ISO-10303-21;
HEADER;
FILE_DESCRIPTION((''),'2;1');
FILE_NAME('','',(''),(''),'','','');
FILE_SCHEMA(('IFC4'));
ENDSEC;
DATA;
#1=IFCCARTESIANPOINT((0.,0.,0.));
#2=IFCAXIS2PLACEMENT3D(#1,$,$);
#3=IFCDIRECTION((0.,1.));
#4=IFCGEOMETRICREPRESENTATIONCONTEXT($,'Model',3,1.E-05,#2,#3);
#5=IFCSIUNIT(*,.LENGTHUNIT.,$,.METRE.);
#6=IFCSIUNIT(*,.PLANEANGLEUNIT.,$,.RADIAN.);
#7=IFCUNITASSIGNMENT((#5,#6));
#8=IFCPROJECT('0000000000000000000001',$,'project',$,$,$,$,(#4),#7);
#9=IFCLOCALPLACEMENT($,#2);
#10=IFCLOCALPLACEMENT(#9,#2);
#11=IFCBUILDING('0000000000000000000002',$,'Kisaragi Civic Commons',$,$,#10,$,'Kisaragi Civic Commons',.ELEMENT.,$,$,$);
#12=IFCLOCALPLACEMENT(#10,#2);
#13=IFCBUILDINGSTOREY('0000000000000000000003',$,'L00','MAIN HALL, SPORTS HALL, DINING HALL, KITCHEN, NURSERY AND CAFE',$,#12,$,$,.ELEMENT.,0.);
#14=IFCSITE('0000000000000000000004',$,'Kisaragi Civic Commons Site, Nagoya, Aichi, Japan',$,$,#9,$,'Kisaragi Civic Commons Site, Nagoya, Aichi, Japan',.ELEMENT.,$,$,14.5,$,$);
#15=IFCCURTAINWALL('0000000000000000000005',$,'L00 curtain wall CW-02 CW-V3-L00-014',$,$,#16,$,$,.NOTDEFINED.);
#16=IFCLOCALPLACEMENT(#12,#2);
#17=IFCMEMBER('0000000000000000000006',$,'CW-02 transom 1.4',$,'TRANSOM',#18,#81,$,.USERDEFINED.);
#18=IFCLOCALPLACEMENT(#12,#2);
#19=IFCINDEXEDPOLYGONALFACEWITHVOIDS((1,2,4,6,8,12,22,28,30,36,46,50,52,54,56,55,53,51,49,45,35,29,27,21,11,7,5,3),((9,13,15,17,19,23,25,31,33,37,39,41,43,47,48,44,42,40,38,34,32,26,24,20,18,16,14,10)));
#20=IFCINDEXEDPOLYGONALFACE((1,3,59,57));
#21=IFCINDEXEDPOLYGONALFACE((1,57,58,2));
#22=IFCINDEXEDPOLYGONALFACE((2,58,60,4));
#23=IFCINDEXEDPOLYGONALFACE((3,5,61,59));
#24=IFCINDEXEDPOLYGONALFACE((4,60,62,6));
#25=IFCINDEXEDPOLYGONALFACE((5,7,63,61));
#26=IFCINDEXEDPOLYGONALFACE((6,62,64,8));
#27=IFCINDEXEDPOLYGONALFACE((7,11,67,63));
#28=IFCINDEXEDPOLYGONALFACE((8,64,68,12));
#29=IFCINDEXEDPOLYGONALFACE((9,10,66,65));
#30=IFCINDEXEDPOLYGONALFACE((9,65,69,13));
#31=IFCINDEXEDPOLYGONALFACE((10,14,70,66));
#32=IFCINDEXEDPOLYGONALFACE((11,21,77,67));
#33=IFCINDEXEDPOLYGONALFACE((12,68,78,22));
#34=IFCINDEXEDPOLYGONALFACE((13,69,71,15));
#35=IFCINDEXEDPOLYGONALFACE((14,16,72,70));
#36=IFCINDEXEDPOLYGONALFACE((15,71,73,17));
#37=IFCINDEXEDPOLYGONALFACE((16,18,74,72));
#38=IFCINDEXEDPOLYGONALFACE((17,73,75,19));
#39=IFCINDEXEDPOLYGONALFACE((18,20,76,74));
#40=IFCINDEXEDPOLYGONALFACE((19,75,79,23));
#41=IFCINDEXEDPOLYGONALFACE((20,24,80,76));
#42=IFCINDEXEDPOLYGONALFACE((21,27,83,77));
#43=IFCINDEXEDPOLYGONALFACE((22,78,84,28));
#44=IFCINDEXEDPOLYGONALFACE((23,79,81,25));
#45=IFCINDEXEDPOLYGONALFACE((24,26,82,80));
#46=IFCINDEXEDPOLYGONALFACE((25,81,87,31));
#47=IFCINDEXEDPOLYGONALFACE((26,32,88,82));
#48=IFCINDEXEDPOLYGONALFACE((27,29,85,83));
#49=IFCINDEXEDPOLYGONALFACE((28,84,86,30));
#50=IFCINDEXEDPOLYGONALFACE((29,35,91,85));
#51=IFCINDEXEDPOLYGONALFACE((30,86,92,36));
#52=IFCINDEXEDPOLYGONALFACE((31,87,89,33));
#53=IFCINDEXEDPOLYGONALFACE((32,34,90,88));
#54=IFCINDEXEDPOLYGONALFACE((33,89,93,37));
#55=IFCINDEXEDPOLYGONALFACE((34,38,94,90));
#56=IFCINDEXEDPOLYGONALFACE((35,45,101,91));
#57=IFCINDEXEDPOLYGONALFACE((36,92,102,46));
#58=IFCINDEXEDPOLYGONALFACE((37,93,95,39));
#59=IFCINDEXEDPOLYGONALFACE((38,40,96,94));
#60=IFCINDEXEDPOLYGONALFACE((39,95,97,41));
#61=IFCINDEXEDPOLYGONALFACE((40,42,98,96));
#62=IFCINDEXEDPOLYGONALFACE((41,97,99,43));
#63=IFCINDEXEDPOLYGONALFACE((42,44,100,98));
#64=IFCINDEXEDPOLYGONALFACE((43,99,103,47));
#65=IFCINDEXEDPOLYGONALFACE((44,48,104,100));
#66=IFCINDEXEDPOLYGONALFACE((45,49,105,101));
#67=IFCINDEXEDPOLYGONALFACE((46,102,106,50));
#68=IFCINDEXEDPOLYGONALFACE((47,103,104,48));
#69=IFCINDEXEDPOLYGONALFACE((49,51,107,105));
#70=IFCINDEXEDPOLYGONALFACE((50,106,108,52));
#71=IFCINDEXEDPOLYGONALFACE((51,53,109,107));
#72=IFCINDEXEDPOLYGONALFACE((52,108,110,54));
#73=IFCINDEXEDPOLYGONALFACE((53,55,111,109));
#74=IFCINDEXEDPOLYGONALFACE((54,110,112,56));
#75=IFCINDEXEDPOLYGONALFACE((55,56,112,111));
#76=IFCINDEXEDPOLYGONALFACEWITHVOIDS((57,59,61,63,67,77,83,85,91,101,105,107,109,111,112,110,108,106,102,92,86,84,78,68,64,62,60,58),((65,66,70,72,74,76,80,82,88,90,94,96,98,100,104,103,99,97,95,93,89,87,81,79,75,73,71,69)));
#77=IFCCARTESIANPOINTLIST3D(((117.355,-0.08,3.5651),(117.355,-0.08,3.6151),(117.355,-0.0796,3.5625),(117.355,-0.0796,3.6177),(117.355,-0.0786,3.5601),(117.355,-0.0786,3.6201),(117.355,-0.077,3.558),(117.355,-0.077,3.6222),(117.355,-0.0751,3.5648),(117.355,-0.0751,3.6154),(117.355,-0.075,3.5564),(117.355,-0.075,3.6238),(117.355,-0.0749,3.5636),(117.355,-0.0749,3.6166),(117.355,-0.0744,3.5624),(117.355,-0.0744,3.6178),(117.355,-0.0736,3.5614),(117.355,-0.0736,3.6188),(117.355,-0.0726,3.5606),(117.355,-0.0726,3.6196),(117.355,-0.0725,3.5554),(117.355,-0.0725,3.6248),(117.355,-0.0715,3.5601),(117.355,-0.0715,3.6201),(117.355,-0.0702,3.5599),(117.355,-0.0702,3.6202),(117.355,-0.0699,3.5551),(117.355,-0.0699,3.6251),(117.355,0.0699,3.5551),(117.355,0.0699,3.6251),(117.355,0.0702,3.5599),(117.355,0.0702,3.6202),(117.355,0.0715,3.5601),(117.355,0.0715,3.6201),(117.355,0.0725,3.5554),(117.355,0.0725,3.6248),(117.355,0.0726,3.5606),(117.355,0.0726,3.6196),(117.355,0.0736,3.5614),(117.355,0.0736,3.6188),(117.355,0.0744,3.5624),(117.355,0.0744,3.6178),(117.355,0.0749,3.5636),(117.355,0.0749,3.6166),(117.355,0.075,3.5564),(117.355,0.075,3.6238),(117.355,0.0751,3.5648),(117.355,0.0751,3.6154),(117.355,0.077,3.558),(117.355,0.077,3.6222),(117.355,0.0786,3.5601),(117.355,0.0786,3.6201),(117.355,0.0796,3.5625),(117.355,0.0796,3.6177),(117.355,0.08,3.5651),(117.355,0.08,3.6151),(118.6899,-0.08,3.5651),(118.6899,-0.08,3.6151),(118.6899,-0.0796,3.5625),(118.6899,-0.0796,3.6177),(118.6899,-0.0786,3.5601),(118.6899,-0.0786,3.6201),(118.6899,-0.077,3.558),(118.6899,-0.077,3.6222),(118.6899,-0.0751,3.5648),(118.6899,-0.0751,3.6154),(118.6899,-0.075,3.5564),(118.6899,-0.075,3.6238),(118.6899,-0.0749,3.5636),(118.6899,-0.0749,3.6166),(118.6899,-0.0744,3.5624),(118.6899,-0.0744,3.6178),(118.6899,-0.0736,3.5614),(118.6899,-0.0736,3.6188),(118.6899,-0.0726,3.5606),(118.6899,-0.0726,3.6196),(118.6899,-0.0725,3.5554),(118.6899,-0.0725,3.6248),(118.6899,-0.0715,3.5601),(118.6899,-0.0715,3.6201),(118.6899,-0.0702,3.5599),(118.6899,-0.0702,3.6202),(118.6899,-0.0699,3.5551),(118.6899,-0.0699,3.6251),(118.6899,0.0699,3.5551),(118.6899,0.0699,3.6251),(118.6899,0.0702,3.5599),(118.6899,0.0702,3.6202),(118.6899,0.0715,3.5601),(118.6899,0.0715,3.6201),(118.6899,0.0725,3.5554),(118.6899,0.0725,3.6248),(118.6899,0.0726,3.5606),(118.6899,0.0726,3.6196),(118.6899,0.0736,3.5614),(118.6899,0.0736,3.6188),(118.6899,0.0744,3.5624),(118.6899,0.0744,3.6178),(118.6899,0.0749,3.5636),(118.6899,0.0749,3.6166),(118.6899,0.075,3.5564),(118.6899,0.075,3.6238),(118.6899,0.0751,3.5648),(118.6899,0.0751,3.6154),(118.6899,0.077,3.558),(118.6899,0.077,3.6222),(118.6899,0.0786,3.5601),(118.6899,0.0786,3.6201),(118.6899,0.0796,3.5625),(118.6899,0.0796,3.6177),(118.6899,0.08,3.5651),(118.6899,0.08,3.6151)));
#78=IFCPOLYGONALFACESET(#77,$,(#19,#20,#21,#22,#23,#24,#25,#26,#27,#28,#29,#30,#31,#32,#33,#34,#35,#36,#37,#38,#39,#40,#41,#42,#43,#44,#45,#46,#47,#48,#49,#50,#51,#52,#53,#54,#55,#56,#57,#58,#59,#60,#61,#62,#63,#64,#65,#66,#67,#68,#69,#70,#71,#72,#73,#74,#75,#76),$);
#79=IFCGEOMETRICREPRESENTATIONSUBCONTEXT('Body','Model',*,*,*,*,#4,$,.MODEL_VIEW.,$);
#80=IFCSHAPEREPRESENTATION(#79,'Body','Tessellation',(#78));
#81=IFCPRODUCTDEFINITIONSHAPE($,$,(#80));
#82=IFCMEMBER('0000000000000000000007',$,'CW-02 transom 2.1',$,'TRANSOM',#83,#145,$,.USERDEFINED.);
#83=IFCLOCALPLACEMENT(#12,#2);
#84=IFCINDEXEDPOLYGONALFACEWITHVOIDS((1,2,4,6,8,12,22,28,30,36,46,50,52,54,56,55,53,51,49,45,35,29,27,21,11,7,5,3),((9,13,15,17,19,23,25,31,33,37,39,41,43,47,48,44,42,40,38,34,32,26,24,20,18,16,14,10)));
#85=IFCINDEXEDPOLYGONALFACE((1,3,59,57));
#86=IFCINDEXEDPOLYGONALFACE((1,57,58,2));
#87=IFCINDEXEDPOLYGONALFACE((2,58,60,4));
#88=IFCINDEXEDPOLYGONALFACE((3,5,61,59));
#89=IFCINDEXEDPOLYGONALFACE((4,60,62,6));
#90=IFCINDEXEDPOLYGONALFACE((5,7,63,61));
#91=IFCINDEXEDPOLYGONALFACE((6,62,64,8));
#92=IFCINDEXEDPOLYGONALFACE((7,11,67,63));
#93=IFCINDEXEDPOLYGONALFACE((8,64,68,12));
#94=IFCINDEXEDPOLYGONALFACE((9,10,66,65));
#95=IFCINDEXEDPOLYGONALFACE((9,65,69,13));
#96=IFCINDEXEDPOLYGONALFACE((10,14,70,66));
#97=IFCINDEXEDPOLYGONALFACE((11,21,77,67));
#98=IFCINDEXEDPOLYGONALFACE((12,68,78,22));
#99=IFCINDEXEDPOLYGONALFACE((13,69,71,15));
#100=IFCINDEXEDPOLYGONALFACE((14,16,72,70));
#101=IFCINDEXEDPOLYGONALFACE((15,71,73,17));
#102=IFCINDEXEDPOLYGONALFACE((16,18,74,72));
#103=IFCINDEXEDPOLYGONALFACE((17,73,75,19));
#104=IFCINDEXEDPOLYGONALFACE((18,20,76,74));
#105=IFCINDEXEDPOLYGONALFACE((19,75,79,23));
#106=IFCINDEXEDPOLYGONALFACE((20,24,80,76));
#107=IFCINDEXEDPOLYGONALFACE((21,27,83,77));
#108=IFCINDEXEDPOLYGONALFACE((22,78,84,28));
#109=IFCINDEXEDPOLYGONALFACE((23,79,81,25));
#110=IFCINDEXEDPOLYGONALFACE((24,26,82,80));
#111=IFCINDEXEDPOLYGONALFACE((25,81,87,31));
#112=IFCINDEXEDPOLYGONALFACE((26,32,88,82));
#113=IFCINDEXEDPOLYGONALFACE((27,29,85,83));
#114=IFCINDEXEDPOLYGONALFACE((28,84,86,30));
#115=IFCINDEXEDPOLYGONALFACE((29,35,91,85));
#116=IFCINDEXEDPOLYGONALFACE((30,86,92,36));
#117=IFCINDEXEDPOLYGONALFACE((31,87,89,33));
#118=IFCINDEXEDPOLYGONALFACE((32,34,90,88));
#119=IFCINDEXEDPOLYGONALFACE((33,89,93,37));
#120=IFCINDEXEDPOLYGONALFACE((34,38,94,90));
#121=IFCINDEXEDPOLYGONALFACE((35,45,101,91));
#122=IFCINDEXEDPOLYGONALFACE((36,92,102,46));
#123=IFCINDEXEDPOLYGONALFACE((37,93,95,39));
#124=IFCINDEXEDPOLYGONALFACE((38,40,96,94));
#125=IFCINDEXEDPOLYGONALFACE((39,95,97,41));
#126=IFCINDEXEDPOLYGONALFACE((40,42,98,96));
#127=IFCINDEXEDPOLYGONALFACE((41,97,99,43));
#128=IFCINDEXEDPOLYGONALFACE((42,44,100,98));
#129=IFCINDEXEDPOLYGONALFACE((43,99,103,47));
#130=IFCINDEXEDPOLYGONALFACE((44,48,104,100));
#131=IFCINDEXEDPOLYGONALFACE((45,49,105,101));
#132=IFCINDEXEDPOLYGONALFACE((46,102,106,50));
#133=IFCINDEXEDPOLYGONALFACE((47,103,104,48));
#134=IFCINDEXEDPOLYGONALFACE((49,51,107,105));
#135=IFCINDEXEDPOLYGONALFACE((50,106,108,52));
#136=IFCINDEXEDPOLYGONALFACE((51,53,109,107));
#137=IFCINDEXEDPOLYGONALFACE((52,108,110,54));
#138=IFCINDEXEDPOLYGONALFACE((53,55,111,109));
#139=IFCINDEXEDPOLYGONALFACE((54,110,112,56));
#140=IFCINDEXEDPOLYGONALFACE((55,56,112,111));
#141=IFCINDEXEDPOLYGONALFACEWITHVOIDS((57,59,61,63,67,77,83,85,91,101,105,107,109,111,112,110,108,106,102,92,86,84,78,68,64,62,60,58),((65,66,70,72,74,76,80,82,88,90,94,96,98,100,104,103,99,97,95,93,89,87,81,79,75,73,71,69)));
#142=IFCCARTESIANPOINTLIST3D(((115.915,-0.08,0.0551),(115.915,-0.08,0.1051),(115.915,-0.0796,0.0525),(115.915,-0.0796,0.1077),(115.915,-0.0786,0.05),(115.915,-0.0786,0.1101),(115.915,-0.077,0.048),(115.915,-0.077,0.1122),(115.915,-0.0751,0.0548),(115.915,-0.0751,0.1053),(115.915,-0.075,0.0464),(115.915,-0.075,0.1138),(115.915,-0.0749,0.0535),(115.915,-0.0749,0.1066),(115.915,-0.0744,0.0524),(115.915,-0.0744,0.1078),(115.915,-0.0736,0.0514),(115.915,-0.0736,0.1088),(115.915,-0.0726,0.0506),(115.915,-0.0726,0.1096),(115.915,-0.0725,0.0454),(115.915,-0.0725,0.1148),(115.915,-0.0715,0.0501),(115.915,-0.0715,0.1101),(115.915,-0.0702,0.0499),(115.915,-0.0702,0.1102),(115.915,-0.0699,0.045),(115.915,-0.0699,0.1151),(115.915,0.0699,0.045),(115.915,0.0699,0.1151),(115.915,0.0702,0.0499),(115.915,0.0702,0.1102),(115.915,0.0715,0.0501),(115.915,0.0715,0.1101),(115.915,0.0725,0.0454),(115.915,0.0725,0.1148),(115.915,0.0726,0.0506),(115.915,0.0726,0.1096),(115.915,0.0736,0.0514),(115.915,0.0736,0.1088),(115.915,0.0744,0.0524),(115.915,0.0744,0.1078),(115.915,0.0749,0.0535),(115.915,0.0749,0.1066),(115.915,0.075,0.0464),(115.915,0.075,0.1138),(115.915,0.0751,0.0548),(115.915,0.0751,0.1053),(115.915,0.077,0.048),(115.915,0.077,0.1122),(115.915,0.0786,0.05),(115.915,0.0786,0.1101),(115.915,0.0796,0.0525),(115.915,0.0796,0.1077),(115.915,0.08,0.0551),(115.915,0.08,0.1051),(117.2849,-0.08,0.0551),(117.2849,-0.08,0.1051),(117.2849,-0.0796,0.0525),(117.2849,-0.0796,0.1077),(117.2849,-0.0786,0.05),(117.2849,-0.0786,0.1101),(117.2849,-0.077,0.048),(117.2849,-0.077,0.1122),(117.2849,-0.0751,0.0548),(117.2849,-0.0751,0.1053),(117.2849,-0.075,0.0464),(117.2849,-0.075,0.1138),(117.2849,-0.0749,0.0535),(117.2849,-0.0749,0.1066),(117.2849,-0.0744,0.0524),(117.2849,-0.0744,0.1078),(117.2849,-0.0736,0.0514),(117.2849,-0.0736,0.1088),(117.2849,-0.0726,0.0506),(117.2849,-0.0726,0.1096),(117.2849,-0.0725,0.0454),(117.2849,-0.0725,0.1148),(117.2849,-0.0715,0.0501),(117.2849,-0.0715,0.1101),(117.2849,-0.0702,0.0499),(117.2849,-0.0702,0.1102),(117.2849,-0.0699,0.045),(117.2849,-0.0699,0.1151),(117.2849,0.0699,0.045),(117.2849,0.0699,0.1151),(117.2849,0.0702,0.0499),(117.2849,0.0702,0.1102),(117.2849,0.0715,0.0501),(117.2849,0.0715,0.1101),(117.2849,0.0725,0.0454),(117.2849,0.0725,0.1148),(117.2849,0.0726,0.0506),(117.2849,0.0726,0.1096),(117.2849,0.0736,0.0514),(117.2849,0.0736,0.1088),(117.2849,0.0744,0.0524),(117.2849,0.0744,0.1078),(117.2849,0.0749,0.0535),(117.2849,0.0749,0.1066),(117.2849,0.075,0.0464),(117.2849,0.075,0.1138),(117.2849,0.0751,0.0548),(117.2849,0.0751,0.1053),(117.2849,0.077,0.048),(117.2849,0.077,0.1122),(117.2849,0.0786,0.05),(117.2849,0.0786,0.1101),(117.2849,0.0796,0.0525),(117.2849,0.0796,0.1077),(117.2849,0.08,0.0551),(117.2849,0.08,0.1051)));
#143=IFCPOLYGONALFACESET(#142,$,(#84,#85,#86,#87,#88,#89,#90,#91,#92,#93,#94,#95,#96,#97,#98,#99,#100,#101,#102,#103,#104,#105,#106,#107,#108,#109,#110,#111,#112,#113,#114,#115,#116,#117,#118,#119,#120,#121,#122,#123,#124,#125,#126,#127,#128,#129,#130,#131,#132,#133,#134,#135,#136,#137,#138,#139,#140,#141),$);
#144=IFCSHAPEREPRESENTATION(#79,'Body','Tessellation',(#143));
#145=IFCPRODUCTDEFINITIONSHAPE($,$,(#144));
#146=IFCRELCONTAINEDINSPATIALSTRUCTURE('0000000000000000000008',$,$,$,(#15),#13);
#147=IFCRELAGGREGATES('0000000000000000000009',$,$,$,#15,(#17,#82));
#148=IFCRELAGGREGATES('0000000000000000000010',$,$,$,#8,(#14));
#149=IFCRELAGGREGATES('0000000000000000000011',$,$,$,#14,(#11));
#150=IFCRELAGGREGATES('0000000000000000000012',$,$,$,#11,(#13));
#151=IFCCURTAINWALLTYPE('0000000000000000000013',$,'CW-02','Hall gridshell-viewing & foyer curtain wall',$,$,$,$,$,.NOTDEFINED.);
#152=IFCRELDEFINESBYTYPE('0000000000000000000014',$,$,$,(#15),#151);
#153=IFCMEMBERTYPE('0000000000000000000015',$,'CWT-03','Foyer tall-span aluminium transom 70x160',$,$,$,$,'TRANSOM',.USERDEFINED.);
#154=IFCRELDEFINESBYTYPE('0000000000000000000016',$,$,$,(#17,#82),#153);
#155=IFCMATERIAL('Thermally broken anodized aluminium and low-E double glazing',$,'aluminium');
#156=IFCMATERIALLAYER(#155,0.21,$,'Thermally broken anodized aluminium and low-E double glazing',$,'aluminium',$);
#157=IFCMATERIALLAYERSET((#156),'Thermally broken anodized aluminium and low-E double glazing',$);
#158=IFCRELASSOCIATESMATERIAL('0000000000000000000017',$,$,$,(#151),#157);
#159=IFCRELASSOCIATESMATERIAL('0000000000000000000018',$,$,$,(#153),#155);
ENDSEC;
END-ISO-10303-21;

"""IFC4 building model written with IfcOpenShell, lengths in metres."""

from ifc_helpers import new_model, si_unit, direction, frame, origin, origin_2d, place, context, subcontext, project, spatial, hollow_rectangle, extrude, material, layer, layer_set, material_profile, profile_set, type_object, element, aggregate, save


model = new_model("IFC4")

# Units and contexts
model_context = context("Model", 3, precision=1e-05, world=origin(), true_north=direction((0.0, 1.0)))
body_context = subcontext(model_context, "Body", "Model", "MODEL_VIEW")
ifc_project = project(units=[si_unit("LENGTHUNIT", "METRE"), si_unit("PLANEANGLEUNIT", "RADIAN")], contexts=[model_context])

# Site, building, storey
site_placement = place(None, origin())
site = spatial("IfcSite", under=ifc_project, at=site_placement, Name="Kisaragi Civic Commons Site, Nagoya, Aichi, Japan", LongName="Kisaragi Civic Commons Site, Nagoya, Aichi, Japan", CompositionType="ELEMENT", RefElevation=14.5)
building_placement = place(site_placement, origin())
building = spatial("IfcBuilding", under=site, at=building_placement, Name="Kisaragi Civic Commons", LongName="Kisaragi Civic Commons", CompositionType="ELEMENT")
storey_placement = place(building_placement, origin())
storey = spatial("IfcBuildingStorey", under=building, at=storey_placement, Name="L00", Description="MAIN HALL, SPORTS HALL, DINING HALL, KITCHEN, NURSERY AND CAFE", CompositionType="ELEMENT", Elevation=0.0)

# Shared definitions
ifc_material_1 = material(Name="Thermally broken anodized aluminium and low-E double glazing", Category="aluminium")
ifc_layer_1 = layer(ifc_material_1, 0.21, Name="Thermally broken anodized aluminium and low-E double glazing", Category="aluminium")
ifc_layer_set_1 = layer_set([ifc_layer_1], Name="Thermally broken anodized aluminium and low-E double glazing")
curtain_wall_type = type_object("IfcCurtainWallType", Name="CW-02", Description="Hall gridshell-viewing & foyer curtain wall", PredefinedType="NOTDEFINED", material=ifc_layer_set_1)

# Curtain wall, members
curtain_wall_1_placement = place(storey_placement, origin())
curtain_wall_1 = element("IfcCurtainWall", 1, at=curtain_wall_1_placement, inside=storey, type_object=curtain_wall_type, Name="L00 curtain wall CW-02 CW-V3-L00-014", PredefinedType="NOTDEFINED")
ifc_material_profile_1 = material_profile(ifc_material_1, hollow_rectangle(XDim=0.1599, YDim=0.0701, WallThickness=0.0049, InnerFilletRadius=0.0049, OuterFilletRadius=0.01, at=origin_2d()), Name="CWT-70x160x5", Category="aluminium")
ifc_profile_set_1 = profile_set([ifc_material_profile_1], Name="Thermally broken anodized aluminium and low-E double glazing")
member_type_1 = type_object("IfcMemberType", Name="CWT-03", Description="Foyer tall-span aluminium transom 70x160", ElementType="TRANSOM", PredefinedType="USERDEFINED", material=ifc_profile_set_1)
member_1_placement = place(storey_placement, frame((118.6899, 0.0, 3.5901), z_axis=(-1.0, 0.0, 0.0), x_axis=(0.0, -1.0, 0.0)))
member_1 = element("IfcMember", 2, at=member_1_placement, type_object=member_type_1, Name="CW-02 transom 1.4", ObjectType="TRANSOM", PredefinedType="USERDEFINED", context=body_context, shape_type="SweptSolid", body=[
    extrude(hollow_rectangle(XDim=0.1599, YDim=0.0701, WallThickness=0.0049, InnerFilletRadius=0.0049, OuterFilletRadius=0.01, at=origin_2d()), origin(), (0.0, 0.0, 1.0), 1.335),
])
member_2_placement = place(storey_placement, frame((117.2849, 0.0, 0.0801), z_axis=(-1.0, 0.0, 0.0), x_axis=(0.0, -1.0, 0.0)))
member_2 = element("IfcMember", 3, at=member_2_placement, type_object=member_type_1, Name="CW-02 transom 2.1", ObjectType="TRANSOM", PredefinedType="USERDEFINED", context=body_context, shape_type="SweptSolid", body=[
    extrude(hollow_rectangle(XDim=0.1599, YDim=0.0701, WallThickness=0.0049, InnerFilletRadius=0.0049, OuterFilletRadius=0.01, at=origin_2d()), origin(), (0.0, 0.0, 1.0), 1.3699),
])

aggregate(curtain_wall_1, [member_1, member_2])

save(model, "model.ifc")
